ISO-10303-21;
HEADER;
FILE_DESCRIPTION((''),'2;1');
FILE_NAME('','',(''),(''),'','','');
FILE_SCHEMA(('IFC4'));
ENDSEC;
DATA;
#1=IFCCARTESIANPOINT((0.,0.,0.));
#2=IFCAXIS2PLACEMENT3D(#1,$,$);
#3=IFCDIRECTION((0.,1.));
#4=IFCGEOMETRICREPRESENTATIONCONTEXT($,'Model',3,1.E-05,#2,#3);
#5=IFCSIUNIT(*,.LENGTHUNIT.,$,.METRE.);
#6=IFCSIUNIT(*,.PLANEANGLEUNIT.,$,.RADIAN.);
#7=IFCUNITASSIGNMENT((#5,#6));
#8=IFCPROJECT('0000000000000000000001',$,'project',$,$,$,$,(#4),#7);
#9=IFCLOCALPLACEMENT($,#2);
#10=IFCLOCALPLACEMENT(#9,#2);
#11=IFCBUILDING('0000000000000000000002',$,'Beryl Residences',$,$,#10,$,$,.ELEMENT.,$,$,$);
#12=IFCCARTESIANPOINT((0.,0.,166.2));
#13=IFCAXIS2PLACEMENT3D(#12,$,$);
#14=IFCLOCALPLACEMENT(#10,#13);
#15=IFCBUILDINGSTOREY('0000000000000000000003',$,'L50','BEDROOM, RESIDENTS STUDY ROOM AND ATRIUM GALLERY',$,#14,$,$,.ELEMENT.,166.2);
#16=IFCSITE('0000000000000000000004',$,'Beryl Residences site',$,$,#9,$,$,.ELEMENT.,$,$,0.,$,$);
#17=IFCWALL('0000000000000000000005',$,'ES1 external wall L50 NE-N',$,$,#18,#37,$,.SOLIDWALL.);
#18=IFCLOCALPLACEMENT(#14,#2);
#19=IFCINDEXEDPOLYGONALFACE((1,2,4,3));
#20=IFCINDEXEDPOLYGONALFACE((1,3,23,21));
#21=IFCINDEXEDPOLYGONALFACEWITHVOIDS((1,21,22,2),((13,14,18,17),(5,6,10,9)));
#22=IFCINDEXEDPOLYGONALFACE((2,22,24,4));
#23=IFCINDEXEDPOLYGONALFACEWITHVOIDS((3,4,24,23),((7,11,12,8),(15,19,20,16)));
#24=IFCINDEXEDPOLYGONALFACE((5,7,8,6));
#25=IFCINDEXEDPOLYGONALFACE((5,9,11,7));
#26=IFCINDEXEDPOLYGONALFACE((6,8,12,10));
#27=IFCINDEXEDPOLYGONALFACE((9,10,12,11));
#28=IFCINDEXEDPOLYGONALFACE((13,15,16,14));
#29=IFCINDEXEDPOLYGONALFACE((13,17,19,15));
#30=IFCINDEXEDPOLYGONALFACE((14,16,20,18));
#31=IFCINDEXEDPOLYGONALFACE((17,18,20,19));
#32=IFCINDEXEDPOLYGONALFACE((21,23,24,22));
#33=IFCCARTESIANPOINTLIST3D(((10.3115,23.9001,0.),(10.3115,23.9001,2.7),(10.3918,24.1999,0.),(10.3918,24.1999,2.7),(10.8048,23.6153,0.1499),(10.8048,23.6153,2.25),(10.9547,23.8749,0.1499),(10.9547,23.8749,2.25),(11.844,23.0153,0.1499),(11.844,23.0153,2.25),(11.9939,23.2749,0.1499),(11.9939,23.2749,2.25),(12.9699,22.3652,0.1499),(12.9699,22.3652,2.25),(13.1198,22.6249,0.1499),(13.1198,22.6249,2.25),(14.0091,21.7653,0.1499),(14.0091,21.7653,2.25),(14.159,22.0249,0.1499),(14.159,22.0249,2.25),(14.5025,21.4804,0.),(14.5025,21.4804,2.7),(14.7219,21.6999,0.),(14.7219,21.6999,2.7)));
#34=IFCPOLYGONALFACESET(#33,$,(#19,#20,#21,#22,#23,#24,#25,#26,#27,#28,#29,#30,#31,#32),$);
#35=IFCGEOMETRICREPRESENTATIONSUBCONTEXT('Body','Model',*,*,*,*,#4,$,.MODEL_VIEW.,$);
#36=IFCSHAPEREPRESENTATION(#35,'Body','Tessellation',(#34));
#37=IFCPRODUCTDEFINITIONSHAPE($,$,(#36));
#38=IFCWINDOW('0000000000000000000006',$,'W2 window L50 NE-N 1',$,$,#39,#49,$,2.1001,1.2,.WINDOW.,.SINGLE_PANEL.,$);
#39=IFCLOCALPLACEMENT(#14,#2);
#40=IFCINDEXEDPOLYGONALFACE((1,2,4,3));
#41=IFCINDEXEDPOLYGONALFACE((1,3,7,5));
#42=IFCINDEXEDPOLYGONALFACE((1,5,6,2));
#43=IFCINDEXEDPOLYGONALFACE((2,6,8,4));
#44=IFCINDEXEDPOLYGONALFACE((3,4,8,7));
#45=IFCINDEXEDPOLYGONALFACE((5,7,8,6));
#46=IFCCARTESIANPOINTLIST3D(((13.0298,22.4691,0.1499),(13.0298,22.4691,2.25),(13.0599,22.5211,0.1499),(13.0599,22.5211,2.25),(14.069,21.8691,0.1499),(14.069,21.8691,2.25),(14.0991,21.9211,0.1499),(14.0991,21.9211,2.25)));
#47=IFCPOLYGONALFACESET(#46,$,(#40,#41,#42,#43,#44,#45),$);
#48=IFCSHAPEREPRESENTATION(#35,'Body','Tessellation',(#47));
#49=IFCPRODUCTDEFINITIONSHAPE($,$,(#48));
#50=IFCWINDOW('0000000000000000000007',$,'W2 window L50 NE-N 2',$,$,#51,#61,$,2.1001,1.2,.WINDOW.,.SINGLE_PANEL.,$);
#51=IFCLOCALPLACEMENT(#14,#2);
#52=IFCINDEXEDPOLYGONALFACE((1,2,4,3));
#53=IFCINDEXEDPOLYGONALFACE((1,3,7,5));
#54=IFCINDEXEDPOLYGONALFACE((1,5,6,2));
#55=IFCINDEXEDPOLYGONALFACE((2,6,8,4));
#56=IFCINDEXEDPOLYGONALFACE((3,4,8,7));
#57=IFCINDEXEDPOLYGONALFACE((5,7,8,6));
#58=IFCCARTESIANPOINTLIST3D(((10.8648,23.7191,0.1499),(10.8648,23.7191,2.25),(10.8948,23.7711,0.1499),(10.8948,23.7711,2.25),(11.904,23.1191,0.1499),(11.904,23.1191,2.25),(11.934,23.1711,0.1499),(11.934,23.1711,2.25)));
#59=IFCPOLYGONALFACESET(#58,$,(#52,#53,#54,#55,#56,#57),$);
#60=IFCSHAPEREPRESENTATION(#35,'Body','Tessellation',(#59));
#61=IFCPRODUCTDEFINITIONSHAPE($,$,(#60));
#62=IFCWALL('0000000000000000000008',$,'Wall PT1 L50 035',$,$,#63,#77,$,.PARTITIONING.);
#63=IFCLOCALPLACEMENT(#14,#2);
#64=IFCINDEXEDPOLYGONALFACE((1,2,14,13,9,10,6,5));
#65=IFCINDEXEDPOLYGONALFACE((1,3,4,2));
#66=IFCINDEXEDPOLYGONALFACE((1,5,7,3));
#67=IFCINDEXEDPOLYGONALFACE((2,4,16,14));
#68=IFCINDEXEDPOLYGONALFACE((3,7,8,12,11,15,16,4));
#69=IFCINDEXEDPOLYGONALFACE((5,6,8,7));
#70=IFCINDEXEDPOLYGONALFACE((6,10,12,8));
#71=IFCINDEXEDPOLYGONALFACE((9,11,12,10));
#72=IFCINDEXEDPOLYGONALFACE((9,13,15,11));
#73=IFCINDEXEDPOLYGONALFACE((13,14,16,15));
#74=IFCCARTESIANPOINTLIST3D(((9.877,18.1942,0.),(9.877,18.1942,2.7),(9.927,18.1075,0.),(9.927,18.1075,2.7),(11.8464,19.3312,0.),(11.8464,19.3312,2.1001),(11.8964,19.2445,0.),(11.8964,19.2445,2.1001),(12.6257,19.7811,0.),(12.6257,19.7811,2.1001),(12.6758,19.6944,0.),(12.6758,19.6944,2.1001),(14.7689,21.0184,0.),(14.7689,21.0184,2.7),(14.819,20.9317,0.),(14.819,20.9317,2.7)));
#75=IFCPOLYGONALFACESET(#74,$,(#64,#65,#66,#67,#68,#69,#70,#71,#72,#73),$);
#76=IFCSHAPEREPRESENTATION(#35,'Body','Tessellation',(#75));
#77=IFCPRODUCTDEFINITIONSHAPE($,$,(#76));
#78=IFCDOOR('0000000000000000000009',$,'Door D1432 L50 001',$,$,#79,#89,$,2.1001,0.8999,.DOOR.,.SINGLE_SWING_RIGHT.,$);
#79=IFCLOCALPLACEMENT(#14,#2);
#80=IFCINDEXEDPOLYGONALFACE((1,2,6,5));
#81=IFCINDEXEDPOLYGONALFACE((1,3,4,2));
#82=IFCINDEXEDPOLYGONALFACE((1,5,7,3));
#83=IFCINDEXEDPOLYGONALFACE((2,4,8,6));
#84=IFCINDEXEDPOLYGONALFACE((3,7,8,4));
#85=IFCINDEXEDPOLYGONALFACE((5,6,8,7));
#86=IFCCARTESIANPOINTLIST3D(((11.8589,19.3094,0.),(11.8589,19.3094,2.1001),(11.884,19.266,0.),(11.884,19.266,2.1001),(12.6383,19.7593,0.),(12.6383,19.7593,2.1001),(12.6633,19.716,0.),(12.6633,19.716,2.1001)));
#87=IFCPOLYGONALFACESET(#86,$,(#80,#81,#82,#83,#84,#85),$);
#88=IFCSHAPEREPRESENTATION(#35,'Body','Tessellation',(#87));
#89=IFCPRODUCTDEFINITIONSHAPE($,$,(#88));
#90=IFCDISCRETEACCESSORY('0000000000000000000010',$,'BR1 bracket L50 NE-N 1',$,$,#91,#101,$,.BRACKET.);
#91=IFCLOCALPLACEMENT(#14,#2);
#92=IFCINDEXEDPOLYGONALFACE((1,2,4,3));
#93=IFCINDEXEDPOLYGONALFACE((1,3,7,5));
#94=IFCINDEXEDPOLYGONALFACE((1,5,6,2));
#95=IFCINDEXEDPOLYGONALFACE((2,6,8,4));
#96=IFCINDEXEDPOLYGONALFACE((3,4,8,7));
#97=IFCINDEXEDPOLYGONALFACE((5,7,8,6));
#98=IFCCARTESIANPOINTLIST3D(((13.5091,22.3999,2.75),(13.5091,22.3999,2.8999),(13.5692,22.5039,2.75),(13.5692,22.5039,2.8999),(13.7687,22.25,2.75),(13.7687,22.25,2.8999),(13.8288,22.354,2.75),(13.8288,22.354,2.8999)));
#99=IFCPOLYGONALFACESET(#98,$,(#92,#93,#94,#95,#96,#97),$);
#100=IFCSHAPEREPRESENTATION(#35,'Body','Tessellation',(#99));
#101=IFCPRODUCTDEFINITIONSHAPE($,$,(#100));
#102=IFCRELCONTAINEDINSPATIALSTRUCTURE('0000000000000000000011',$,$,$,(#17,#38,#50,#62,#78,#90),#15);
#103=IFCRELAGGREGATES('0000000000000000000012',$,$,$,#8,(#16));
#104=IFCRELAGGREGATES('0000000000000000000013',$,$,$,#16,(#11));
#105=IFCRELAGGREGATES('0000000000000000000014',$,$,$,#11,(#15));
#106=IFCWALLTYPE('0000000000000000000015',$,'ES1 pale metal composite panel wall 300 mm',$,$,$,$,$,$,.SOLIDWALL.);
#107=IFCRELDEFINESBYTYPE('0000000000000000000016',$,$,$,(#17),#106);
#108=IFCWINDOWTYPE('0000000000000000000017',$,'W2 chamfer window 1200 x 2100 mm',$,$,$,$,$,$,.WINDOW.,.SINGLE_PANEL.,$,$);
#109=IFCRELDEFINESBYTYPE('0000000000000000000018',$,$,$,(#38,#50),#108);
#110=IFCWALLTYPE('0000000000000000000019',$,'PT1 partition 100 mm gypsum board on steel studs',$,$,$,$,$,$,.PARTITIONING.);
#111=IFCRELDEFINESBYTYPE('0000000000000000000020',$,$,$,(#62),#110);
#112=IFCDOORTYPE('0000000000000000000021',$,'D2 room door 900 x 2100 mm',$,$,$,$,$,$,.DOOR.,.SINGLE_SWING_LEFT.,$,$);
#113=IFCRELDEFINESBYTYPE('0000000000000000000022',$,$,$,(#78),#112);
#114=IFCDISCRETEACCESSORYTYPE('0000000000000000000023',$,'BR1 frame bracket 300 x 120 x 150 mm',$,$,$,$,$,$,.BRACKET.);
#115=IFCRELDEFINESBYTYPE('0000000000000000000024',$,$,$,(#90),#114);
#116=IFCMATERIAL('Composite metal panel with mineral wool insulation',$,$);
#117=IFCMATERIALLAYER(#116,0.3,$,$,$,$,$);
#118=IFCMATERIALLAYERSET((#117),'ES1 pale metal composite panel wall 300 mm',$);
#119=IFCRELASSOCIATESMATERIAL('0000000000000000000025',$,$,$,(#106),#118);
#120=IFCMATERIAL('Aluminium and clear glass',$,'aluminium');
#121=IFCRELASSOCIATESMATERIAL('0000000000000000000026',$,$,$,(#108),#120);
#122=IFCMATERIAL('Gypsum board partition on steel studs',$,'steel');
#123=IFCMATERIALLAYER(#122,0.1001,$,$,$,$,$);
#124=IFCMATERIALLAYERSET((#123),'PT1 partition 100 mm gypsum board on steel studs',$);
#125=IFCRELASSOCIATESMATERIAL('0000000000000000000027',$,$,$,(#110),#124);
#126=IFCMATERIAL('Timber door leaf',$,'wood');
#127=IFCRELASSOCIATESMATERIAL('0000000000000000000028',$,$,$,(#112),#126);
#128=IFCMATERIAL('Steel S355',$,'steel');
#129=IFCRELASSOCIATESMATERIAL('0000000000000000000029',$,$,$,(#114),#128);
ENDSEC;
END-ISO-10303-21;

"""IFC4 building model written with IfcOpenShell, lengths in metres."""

from ifc_helpers import new_model, si_unit, direction, frame, frame_2d, origin, place, context, subcontext, project, spatial, polyline, rectangle, outline, extrude, source, transform, mapped, material, layer, layer_set, type_object, type_shapes, element, fill, save


model = new_model("IFC4")

# Units and contexts
model_context = context("Model", 3, precision=1e-05, world=origin(), true_north=direction((0.0, 1.0)))
body_context = subcontext(model_context, "Body", "Model", "MODEL_VIEW")
ifc_project = project(units=[si_unit("LENGTHUNIT", "METRE"), si_unit("PLANEANGLEUNIT", "RADIAN")], contexts=[model_context])

# Site, building, storey
site_placement = place(None, origin())
site = spatial("IfcSite", under=ifc_project, at=site_placement, Name="Beryl Residences site", CompositionType="ELEMENT", RefElevation=0.0)
building_placement = place(site_placement, origin())
building = spatial("IfcBuilding", under=site, at=building_placement, Name="Beryl Residences", CompositionType="ELEMENT")
storey_placement = place(building_placement, frame((0.0, 0.0, 166.2)))
storey = spatial("IfcBuildingStorey", under=building, at=storey_placement, Name="L50", Description="BEDROOM, RESIDENTS STUDY ROOM AND ATRIUM GALLERY", CompositionType="ELEMENT", Elevation=166.2)

# Wall, openings, windows
ifc_material_1 = material(Name="Composite metal panel with mineral wool insulation")
ifc_layer_1 = layer(ifc_material_1, 0.3)
ifc_layer_set_1 = layer_set([ifc_layer_1], Name="ES1 pale metal composite panel wall 300 mm")
wall_type_1 = type_object("IfcWallType", Name="ES1 pale metal composite panel wall 300 mm", PredefinedType="SOLIDWALL", material=ifc_layer_set_1)
wall_1_placement = place(storey_placement, frame((14.647, 21.5701, 0.0), z_axis=(0.0, 0.0, 1.0), x_axis=(-0.866023, 0.500004, 0.0)))
wall_1 = element("IfcWall", 1, at=wall_1_placement, inside=storey, type_object=wall_type_1, Name="ES1 external wall L50 NE-N", PredefinedType="SOLIDWALL", context=body_context, shape_type="SweptSolid", body=[
    extrude(outline(polyline([(0.0, -0.1499), (5.0, -0.1499), (4.9197, 0.1499), (0.0803, 0.1499), (0.0, -0.1499)])), origin(), (0.0, 0.0, 1.0), 2.7),
])
opening_1_placement = place(wall_1_placement, frame((0.6499, 0.0, 0.1499)))
opening_1 = element("IfcOpeningElement", 2, at=opening_1_placement, cuts=wall_1, PredefinedType="OPENING", context=body_context, shape_type="SweptSolid", body=[
    extrude(rectangle(XDim=1.2, YDim=2.1001, at=frame_2d((0.6001, 1.05))), frame((0.0, 0.1599, 0.0), z_axis=(0.0, -1.0, 0.0), x_axis=(1.0, 0.0, 0.0)), (0.0, 0.0, 1.0), 0.3201),
])
opening_2_placement = place(wall_1_placement, frame((3.1499, 0.0, 0.1499)))
opening_2 = element("IfcOpeningElement", 3, at=opening_2_placement, cuts=wall_1, PredefinedType="OPENING", context=body_context, shape_type="SweptSolid", body=[
    extrude(rectangle(XDim=1.2, YDim=2.1001, at=frame_2d((0.6001, 1.05))), frame((0.0, 0.1599, 0.0), z_axis=(0.0, -1.0, 0.0), x_axis=(1.0, 0.0, 0.0)), (0.0, 0.0, 1.0), 0.3201),
])
ifc_material_2 = material(Name="Aluminium and clear glass", Category="aluminium")
window_type_1 = type_object("IfcWindowType", Name="W2 chamfer window 1200 x 2100 mm", PartitioningType="SINGLE_PANEL", PredefinedType="WINDOW", material=ifc_material_2)
window_1_placement = place(opening_1_placement, origin())
window_1 = element("IfcWindow", 4, at=window_1_placement, inside=storey, type_object=window_type_1, Name="W2 window L50 NE-N 1", OverallHeight=2.1001, OverallWidth=1.2, PartitioningType="SINGLE_PANEL", PredefinedType="WINDOW", context=body_context, shape_type="SweptSolid", body=[
    extrude(rectangle(XDim=1.2, YDim=2.1001, at=frame_2d((0.6001, 1.05))), frame((0.0, 0.03, 0.0), z_axis=(0.0, -1.0, 0.0), x_axis=(1.0, 0.0, 0.0)), (0.0, 0.0, 1.0), 0.0601),
])
fill(opening_1, window_1)
window_2_placement = place(opening_2_placement, origin())
window_2 = element("IfcWindow", 5, at=window_2_placement, inside=storey, type_object=window_type_1, Name="W2 window L50 NE-N 2", OverallHeight=2.1001, OverallWidth=1.2, PartitioningType="SINGLE_PANEL", PredefinedType="WINDOW", context=body_context, shape_type="SweptSolid", body=[
    extrude(rectangle(XDim=1.2, YDim=2.1001, at=frame_2d((0.6001, 1.05))), frame((0.0, 0.03, 0.0), z_axis=(0.0, -1.0, 0.0), x_axis=(1.0, 0.0, 0.0)), (0.0, 0.0, 1.0), 0.0601),
])
fill(opening_2, window_2)

# Wall, opening, door
ifc_material_3 = material(Name="Gypsum board partition on steel studs", Category="steel")
ifc_layer_2 = layer(ifc_material_3, 0.1001)
ifc_layer_set_2 = layer_set([ifc_layer_2], Name="PT1 partition 100 mm gypsum board on steel studs")
wall_type_2 = type_object("IfcWallType", Name="PT1 partition 100 mm gypsum board on steel studs", PredefinedType="PARTITIONING", material=ifc_layer_set_2)
wall_2_placement = place(storey_placement, frame((9.9021, 18.1509, 0.0), z_axis=(0.0, 0.0, 1.0), x_axis=(0.866032, 0.499988, 0.0)))
wall_2 = element("IfcWall", 6, at=wall_2_placement, inside=storey, type_object=wall_type_2, Name="Wall PT1 L50 035", PredefinedType="PARTITIONING", context=body_context, shape_type="SweptSolid", body=[
    extrude(rectangle(XDim=5.6487, YDim=0.1001, at=frame_2d((2.8242, 0.0))), origin(), (0.0, 0.0, 1.0), 2.7),
])
opening_3_placement = place(wall_2_placement, frame((2.2739, 0.0, 0.0)))
opening_3 = element("IfcOpeningElement", 7, at=opening_3_placement, cuts=wall_2, PredefinedType="OPENING", context=body_context, shape_type="SweptSolid", body=[
    extrude(rectangle(XDim=0.8999, YDim=2.1001, at=frame_2d((0.45, 1.05))), frame((0.0, 0.0601, 0.0), z_axis=(0.0, -1.0, 0.0), x_axis=(1.0, 0.0, 0.0)), (0.0, 0.0, 1.0), 0.1201),
])
ifc_material_4 = material(Name="Timber door leaf", Category="wood")
door_type = type_object("IfcDoorType", Name="D2 room door 900 x 2100 mm", OperationType="SINGLE_SWING_LEFT", PredefinedType="DOOR", material=ifc_material_4)
door_placement = place(opening_3_placement, origin())
door = element("IfcDoor", 8, at=door_placement, inside=storey, type_object=door_type, Name="Door D1432 L50 001", OperationType="SINGLE_SWING_RIGHT", OverallHeight=2.1001, OverallWidth=0.8999, PredefinedType="DOOR", context=body_context, shape_type="SweptSolid", body=[
    extrude(rectangle(XDim=0.8999, YDim=2.1001, at=frame_2d((0.45, 1.05))), frame((0.0, 0.0249, 0.0), z_axis=(0.0, -1.0, 0.0), x_axis=(1.0, 0.0, 0.0)), (0.0, 0.0, 1.0), 0.05),
])
fill(opening_3, door)

# Discrete accessory
ifc_material_5 = material(Name="Steel S355", Category="steel")
discrete_accessory_type = type_object("IfcDiscreteAccessoryType", Name="BR1 frame bracket 300 x 120 x 150 mm", PredefinedType="BRACKET", material=ifc_material_5)
shared_shape_1 = source(origin(), body_context, "Body", "SweptSolid", [
    extrude(outline(polyline([(-0.1499, 0.0), (0.1499, 0.0), (0.1499, 0.1201), (-0.1499, 0.1201), (-0.1499, 0.0)])), origin(), (0.0, 0.0, 1.0), 0.1499),
])
type_shapes(discrete_accessory_type, [shared_shape_1])
discrete_accessory_placement = place(storey_placement, frame((13.6389, 22.325, 2.75), z_axis=(0.0, 0.0, 1.0), x_axis=(0.866025, -0.5, 0.0)))
element("IfcDiscreteAccessory", 9, at=discrete_accessory_placement, inside=storey, type_object=discrete_accessory_type, Name="BR1 bracket L50 NE-N 1", PredefinedType="BRACKET", context=body_context, shape_type="MappedRepresentation", body=[
    mapped(shared_shape_1, transform((0.0, 0.0, 0.0))),
])

save(model, "model.ifc")
